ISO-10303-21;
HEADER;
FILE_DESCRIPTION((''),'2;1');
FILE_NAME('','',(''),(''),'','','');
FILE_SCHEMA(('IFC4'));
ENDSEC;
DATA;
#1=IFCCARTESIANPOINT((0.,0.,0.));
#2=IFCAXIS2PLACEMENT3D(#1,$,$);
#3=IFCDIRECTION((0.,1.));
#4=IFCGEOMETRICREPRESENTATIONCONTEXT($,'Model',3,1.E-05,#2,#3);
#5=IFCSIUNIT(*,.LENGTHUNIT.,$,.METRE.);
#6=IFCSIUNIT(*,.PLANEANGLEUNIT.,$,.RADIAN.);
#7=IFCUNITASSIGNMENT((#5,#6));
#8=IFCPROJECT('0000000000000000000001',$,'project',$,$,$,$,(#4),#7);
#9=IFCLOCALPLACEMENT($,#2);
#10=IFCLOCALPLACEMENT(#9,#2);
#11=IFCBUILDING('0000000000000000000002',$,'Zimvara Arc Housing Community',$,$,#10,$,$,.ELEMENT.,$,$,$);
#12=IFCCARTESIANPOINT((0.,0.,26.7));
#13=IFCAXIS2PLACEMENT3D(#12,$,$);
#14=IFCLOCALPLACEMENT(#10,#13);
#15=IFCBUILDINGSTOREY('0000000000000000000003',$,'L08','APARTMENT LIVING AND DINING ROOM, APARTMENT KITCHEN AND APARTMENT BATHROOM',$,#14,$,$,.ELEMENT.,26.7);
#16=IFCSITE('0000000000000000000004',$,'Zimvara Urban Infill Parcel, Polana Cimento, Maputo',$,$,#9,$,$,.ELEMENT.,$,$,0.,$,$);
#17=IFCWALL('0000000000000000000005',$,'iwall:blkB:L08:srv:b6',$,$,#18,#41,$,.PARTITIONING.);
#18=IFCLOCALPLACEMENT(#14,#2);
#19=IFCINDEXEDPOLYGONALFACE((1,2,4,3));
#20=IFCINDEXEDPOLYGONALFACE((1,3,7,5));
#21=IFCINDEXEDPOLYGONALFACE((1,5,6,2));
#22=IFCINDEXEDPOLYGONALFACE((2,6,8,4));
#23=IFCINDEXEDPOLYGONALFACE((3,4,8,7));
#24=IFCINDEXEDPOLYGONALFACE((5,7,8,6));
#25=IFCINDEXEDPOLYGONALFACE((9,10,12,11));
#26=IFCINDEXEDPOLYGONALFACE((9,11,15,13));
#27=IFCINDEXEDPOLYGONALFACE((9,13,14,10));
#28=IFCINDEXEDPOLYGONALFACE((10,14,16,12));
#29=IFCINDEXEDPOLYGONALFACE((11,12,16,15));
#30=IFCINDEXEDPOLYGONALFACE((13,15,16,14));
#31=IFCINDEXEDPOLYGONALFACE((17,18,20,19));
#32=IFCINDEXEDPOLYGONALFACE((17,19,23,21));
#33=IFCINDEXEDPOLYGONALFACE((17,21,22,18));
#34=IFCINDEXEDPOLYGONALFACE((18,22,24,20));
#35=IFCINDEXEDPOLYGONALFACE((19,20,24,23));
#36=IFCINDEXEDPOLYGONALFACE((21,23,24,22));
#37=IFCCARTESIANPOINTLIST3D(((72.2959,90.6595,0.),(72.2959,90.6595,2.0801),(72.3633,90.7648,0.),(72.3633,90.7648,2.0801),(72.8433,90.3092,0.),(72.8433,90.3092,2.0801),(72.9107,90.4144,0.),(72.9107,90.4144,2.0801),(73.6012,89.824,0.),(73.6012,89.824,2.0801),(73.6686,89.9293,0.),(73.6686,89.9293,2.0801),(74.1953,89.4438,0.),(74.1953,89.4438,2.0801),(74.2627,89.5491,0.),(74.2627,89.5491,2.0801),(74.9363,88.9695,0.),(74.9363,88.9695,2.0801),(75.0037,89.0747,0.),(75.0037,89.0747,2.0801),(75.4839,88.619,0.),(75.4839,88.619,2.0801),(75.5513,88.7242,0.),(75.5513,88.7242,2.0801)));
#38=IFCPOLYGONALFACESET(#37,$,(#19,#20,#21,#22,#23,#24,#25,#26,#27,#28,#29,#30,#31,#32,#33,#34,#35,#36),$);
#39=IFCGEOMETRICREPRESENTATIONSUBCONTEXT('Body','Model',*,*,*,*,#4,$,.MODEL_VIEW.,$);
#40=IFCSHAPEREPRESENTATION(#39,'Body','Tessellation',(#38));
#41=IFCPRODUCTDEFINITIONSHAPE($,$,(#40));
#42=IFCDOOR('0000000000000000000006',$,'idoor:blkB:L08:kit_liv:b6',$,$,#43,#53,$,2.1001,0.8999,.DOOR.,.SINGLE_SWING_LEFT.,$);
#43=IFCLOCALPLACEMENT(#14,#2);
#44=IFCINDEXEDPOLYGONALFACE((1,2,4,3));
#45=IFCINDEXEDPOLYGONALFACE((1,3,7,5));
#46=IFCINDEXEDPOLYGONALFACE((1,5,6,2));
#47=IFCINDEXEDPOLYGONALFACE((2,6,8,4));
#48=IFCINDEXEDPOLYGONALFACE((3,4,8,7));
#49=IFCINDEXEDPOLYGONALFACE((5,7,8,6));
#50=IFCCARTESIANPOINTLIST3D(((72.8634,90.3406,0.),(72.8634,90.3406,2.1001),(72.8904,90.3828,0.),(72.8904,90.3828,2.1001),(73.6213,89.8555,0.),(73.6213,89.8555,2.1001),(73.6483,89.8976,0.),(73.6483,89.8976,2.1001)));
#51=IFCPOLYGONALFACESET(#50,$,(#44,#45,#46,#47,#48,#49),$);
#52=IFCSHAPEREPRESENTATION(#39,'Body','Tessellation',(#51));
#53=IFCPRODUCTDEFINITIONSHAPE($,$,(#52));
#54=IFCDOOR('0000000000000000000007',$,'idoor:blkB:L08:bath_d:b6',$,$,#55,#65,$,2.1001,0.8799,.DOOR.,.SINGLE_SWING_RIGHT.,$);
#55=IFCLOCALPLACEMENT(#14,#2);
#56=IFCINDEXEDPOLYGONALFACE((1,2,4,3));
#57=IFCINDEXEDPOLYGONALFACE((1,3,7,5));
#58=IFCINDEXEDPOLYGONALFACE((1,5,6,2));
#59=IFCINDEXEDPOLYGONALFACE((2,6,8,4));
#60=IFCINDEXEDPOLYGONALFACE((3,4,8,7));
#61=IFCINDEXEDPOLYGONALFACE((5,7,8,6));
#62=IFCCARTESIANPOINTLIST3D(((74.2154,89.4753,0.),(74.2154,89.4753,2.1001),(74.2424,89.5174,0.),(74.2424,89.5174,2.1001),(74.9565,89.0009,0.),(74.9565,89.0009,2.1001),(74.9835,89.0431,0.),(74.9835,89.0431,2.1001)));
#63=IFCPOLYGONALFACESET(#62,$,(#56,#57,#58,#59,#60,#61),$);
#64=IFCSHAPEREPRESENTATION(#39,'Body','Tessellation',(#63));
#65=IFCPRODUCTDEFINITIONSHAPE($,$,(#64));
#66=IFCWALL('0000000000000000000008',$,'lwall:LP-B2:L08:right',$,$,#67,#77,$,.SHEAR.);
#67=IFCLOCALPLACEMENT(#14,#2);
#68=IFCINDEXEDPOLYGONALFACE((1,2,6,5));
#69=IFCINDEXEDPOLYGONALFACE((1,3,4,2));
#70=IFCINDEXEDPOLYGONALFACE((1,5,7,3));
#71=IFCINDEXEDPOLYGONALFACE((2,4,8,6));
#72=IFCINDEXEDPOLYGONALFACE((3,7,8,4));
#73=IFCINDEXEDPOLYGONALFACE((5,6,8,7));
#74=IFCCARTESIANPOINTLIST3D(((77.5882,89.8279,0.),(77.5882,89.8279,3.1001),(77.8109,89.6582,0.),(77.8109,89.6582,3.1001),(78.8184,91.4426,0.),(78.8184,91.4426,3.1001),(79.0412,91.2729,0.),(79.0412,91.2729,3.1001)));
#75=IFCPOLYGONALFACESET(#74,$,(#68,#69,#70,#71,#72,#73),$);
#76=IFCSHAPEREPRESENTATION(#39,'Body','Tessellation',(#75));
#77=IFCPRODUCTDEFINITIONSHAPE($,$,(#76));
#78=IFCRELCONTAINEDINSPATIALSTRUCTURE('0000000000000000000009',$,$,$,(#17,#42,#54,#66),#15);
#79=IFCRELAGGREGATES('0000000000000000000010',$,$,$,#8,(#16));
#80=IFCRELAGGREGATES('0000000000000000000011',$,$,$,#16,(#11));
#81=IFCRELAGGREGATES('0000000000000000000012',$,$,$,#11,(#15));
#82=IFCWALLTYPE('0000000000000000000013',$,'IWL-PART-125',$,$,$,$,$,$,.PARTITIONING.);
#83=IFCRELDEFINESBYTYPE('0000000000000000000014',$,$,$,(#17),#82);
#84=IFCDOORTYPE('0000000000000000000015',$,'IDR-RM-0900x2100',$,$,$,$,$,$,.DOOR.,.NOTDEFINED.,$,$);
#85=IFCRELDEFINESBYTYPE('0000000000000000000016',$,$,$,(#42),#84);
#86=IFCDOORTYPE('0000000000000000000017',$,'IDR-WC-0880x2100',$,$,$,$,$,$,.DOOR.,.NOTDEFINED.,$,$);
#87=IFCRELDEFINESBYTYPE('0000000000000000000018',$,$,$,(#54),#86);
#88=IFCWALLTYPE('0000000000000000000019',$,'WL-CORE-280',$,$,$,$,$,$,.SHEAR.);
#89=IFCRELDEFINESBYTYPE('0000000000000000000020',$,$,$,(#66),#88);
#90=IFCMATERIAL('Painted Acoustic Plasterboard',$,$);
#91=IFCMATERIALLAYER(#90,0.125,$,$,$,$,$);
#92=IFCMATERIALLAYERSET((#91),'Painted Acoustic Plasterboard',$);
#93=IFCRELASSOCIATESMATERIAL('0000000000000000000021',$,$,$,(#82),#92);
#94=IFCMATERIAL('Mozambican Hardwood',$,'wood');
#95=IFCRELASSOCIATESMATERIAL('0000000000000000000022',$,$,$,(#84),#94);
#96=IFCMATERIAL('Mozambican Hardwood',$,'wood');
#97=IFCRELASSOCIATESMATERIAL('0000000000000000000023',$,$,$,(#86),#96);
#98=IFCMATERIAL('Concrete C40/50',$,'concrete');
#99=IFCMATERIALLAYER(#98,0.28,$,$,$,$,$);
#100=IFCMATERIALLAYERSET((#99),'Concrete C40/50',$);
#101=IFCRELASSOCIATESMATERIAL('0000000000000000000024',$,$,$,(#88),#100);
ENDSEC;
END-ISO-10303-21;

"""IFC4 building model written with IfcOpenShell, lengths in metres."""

from ifc_helpers import new_model, si_unit, direction, frame, frame_2d, origin, place, context, subcontext, project, spatial, rectangle, extrude, material, layer, layer_set, type_object, element, fill, save


model = new_model("IFC4")

# Units and contexts
model_context = context("Model", 3, precision=1e-05, world=origin(), true_north=direction((0.0, 1.0)))
body_context = subcontext(model_context, "Body", "Model", "MODEL_VIEW")
ifc_project = project(units=[si_unit("LENGTHUNIT", "METRE"), si_unit("PLANEANGLEUNIT", "RADIAN")], contexts=[model_context])

# Site, building, storey
site_placement = place(None, origin())
site = spatial("IfcSite", under=ifc_project, at=site_placement, Name="Zimvara Urban Infill Parcel, Polana Cimento, Maputo", CompositionType="ELEMENT", RefElevation=0.0)
building_placement = place(site_placement, origin())
building = spatial("IfcBuilding", under=site, at=building_placement, Name="Zimvara Arc Housing Community", CompositionType="ELEMENT")
storey_placement = place(building_placement, frame((0.0, 0.0, 26.7)))
storey = spatial("IfcBuildingStorey", under=building, at=storey_placement, Name="L08", Description="APARTMENT LIVING AND DINING ROOM, APARTMENT KITCHEN AND APARTMENT BATHROOM", CompositionType="ELEMENT", Elevation=26.7)

# Wall, openings, doors
ifc_material_1 = material(Name="Painted Acoustic Plasterboard")
ifc_layer_1 = layer(ifc_material_1, 0.125)
ifc_layer_set_1 = layer_set([ifc_layer_1], Name="Painted Acoustic Plasterboard")
wall_type_1 = type_object("IfcWallType", Name="IWL-PART-125", PredefinedType="PARTITIONING", material=ifc_layer_set_1)
wall_1_placement = place(storey_placement, frame((72.3296, 90.7122, 0.0), z_axis=(0.0, 0.0, 1.0), x_axis=(0.842246, -0.539094, 0.0)))
wall_1 = element("IfcWall", 1, at=wall_1_placement, inside=storey, type_object=wall_type_1, Name="iwall:blkB:L08:srv:b6", PredefinedType="PARTITIONING", context=body_context, shape_type="SweptSolid", body=[
    extrude(rectangle(XDim=3.7852, YDim=0.125, at=frame_2d((1.8926, 0.0))), origin(), (0.0, 0.0, 1.0), 2.0801),
])
opening_1_placement = place(wall_1_placement, frame((0.6499, 0.0, 0.0)))
opening_1 = element("IfcOpeningElement", 2, at=opening_1_placement, cuts=wall_1, PredefinedType="OPENING", context=body_context, shape_type="SweptSolid", body=[
    extrude(rectangle(XDim=0.8999, YDim=2.1001, at=frame_2d((0.45, 1.05))), frame((0.0, 0.0725, 0.0), z_axis=(0.0, -1.0, 0.0), x_axis=(1.0, 0.0, 0.0)), (0.0, 0.0, 1.0), 0.145),
])
opening_2_placement = place(wall_1_placement, frame((2.2551, 0.0, 0.0)))
opening_2 = element("IfcOpeningElement", 3, at=opening_2_placement, cuts=wall_1, PredefinedType="OPENING", context=body_context, shape_type="SweptSolid", body=[
    extrude(rectangle(XDim=0.8799, YDim=2.1001, at=frame_2d((0.4399, 1.05))), frame((0.0, 0.0725, 0.0), z_axis=(0.0, -1.0, 0.0), x_axis=(1.0, 0.0, 0.0)), (0.0, 0.0, 1.0), 0.145),
])
ifc_material_2 = material(Name="Mozambican Hardwood", Category="wood")
door_type_1 = type_object("IfcDoorType", Name="IDR-RM-0900x2100", OperationType="NOTDEFINED", PredefinedType="DOOR", material=ifc_material_2)
door_1_placement = place(opening_1_placement, origin())
door_1 = element("IfcDoor", 4, at=door_1_placement, inside=storey, type_object=door_type_1, Name="idoor:blkB:L08:kit_liv:b6", OperationType="SINGLE_SWING_LEFT", OverallHeight=2.1001, OverallWidth=0.8999, PredefinedType="DOOR", context=body_context, shape_type="SweptSolid", body=[
    extrude(rectangle(XDim=0.8999, YDim=2.1001, at=frame_2d((0.45, 1.05))), frame((0.0, 0.0249, 0.0), z_axis=(0.0, -1.0, 0.0), x_axis=(1.0, 0.0, 0.0)), (0.0, 0.0, 1.0), 0.05),
])
fill(opening_1, door_1)
ifc_material_3 = material(Name="Mozambican Hardwood", Category="wood")
door_type_2 = type_object("IfcDoorType", Name="IDR-WC-0880x2100", OperationType="NOTDEFINED", PredefinedType="DOOR", material=ifc_material_3)
door_2_placement = place(opening_2_placement, origin())
door_2 = element("IfcDoor", 5, at=door_2_placement, inside=storey, type_object=door_type_2, Name="idoor:blkB:L08:bath_d:b6", OperationType="SINGLE_SWING_RIGHT", OverallHeight=2.1001, OverallWidth=0.8799, PredefinedType="DOOR", context=body_context, shape_type="SweptSolid", body=[
    extrude(rectangle(XDim=0.8799, YDim=2.1001, at=frame_2d((0.4399, 1.05))), frame((0.0, 0.0249, 0.0), z_axis=(0.0, -1.0, 0.0), x_axis=(1.0, 0.0, 0.0)), (0.0, 0.0, 1.0), 0.05),
])
fill(opening_2, door_2)

# Wall
ifc_material_4 = material(Name="Concrete C40/50", Category="concrete")
ifc_layer_2 = layer(ifc_material_4, 0.28)
ifc_layer_set_2 = layer_set([ifc_layer_2], Name="Concrete C40/50")
wall_type_2 = type_object("IfcWallType", Name="WL-CORE-280", PredefinedType="SHEAR", material=ifc_layer_set_2)
wall_2_placement = place(storey_placement, frame((77.6995, 89.7429, 0.0), z_axis=(0.0, 0.0, 1.0), x_axis=(0.606025, 0.795446, 0.0)))
element("IfcWall", 6, at=wall_2_placement, inside=storey, type_object=wall_type_2, Name="lwall:LP-B2:L08:right", PredefinedType="SHEAR", context=body_context, shape_type="SweptSolid", body=[
    extrude(rectangle(XDim=2.03, YDim=0.28, at=frame_2d((1.0151, 0.0))), origin(), (0.0, 0.0, 1.0), 3.1001),
])

save(model, "model.ifc")
